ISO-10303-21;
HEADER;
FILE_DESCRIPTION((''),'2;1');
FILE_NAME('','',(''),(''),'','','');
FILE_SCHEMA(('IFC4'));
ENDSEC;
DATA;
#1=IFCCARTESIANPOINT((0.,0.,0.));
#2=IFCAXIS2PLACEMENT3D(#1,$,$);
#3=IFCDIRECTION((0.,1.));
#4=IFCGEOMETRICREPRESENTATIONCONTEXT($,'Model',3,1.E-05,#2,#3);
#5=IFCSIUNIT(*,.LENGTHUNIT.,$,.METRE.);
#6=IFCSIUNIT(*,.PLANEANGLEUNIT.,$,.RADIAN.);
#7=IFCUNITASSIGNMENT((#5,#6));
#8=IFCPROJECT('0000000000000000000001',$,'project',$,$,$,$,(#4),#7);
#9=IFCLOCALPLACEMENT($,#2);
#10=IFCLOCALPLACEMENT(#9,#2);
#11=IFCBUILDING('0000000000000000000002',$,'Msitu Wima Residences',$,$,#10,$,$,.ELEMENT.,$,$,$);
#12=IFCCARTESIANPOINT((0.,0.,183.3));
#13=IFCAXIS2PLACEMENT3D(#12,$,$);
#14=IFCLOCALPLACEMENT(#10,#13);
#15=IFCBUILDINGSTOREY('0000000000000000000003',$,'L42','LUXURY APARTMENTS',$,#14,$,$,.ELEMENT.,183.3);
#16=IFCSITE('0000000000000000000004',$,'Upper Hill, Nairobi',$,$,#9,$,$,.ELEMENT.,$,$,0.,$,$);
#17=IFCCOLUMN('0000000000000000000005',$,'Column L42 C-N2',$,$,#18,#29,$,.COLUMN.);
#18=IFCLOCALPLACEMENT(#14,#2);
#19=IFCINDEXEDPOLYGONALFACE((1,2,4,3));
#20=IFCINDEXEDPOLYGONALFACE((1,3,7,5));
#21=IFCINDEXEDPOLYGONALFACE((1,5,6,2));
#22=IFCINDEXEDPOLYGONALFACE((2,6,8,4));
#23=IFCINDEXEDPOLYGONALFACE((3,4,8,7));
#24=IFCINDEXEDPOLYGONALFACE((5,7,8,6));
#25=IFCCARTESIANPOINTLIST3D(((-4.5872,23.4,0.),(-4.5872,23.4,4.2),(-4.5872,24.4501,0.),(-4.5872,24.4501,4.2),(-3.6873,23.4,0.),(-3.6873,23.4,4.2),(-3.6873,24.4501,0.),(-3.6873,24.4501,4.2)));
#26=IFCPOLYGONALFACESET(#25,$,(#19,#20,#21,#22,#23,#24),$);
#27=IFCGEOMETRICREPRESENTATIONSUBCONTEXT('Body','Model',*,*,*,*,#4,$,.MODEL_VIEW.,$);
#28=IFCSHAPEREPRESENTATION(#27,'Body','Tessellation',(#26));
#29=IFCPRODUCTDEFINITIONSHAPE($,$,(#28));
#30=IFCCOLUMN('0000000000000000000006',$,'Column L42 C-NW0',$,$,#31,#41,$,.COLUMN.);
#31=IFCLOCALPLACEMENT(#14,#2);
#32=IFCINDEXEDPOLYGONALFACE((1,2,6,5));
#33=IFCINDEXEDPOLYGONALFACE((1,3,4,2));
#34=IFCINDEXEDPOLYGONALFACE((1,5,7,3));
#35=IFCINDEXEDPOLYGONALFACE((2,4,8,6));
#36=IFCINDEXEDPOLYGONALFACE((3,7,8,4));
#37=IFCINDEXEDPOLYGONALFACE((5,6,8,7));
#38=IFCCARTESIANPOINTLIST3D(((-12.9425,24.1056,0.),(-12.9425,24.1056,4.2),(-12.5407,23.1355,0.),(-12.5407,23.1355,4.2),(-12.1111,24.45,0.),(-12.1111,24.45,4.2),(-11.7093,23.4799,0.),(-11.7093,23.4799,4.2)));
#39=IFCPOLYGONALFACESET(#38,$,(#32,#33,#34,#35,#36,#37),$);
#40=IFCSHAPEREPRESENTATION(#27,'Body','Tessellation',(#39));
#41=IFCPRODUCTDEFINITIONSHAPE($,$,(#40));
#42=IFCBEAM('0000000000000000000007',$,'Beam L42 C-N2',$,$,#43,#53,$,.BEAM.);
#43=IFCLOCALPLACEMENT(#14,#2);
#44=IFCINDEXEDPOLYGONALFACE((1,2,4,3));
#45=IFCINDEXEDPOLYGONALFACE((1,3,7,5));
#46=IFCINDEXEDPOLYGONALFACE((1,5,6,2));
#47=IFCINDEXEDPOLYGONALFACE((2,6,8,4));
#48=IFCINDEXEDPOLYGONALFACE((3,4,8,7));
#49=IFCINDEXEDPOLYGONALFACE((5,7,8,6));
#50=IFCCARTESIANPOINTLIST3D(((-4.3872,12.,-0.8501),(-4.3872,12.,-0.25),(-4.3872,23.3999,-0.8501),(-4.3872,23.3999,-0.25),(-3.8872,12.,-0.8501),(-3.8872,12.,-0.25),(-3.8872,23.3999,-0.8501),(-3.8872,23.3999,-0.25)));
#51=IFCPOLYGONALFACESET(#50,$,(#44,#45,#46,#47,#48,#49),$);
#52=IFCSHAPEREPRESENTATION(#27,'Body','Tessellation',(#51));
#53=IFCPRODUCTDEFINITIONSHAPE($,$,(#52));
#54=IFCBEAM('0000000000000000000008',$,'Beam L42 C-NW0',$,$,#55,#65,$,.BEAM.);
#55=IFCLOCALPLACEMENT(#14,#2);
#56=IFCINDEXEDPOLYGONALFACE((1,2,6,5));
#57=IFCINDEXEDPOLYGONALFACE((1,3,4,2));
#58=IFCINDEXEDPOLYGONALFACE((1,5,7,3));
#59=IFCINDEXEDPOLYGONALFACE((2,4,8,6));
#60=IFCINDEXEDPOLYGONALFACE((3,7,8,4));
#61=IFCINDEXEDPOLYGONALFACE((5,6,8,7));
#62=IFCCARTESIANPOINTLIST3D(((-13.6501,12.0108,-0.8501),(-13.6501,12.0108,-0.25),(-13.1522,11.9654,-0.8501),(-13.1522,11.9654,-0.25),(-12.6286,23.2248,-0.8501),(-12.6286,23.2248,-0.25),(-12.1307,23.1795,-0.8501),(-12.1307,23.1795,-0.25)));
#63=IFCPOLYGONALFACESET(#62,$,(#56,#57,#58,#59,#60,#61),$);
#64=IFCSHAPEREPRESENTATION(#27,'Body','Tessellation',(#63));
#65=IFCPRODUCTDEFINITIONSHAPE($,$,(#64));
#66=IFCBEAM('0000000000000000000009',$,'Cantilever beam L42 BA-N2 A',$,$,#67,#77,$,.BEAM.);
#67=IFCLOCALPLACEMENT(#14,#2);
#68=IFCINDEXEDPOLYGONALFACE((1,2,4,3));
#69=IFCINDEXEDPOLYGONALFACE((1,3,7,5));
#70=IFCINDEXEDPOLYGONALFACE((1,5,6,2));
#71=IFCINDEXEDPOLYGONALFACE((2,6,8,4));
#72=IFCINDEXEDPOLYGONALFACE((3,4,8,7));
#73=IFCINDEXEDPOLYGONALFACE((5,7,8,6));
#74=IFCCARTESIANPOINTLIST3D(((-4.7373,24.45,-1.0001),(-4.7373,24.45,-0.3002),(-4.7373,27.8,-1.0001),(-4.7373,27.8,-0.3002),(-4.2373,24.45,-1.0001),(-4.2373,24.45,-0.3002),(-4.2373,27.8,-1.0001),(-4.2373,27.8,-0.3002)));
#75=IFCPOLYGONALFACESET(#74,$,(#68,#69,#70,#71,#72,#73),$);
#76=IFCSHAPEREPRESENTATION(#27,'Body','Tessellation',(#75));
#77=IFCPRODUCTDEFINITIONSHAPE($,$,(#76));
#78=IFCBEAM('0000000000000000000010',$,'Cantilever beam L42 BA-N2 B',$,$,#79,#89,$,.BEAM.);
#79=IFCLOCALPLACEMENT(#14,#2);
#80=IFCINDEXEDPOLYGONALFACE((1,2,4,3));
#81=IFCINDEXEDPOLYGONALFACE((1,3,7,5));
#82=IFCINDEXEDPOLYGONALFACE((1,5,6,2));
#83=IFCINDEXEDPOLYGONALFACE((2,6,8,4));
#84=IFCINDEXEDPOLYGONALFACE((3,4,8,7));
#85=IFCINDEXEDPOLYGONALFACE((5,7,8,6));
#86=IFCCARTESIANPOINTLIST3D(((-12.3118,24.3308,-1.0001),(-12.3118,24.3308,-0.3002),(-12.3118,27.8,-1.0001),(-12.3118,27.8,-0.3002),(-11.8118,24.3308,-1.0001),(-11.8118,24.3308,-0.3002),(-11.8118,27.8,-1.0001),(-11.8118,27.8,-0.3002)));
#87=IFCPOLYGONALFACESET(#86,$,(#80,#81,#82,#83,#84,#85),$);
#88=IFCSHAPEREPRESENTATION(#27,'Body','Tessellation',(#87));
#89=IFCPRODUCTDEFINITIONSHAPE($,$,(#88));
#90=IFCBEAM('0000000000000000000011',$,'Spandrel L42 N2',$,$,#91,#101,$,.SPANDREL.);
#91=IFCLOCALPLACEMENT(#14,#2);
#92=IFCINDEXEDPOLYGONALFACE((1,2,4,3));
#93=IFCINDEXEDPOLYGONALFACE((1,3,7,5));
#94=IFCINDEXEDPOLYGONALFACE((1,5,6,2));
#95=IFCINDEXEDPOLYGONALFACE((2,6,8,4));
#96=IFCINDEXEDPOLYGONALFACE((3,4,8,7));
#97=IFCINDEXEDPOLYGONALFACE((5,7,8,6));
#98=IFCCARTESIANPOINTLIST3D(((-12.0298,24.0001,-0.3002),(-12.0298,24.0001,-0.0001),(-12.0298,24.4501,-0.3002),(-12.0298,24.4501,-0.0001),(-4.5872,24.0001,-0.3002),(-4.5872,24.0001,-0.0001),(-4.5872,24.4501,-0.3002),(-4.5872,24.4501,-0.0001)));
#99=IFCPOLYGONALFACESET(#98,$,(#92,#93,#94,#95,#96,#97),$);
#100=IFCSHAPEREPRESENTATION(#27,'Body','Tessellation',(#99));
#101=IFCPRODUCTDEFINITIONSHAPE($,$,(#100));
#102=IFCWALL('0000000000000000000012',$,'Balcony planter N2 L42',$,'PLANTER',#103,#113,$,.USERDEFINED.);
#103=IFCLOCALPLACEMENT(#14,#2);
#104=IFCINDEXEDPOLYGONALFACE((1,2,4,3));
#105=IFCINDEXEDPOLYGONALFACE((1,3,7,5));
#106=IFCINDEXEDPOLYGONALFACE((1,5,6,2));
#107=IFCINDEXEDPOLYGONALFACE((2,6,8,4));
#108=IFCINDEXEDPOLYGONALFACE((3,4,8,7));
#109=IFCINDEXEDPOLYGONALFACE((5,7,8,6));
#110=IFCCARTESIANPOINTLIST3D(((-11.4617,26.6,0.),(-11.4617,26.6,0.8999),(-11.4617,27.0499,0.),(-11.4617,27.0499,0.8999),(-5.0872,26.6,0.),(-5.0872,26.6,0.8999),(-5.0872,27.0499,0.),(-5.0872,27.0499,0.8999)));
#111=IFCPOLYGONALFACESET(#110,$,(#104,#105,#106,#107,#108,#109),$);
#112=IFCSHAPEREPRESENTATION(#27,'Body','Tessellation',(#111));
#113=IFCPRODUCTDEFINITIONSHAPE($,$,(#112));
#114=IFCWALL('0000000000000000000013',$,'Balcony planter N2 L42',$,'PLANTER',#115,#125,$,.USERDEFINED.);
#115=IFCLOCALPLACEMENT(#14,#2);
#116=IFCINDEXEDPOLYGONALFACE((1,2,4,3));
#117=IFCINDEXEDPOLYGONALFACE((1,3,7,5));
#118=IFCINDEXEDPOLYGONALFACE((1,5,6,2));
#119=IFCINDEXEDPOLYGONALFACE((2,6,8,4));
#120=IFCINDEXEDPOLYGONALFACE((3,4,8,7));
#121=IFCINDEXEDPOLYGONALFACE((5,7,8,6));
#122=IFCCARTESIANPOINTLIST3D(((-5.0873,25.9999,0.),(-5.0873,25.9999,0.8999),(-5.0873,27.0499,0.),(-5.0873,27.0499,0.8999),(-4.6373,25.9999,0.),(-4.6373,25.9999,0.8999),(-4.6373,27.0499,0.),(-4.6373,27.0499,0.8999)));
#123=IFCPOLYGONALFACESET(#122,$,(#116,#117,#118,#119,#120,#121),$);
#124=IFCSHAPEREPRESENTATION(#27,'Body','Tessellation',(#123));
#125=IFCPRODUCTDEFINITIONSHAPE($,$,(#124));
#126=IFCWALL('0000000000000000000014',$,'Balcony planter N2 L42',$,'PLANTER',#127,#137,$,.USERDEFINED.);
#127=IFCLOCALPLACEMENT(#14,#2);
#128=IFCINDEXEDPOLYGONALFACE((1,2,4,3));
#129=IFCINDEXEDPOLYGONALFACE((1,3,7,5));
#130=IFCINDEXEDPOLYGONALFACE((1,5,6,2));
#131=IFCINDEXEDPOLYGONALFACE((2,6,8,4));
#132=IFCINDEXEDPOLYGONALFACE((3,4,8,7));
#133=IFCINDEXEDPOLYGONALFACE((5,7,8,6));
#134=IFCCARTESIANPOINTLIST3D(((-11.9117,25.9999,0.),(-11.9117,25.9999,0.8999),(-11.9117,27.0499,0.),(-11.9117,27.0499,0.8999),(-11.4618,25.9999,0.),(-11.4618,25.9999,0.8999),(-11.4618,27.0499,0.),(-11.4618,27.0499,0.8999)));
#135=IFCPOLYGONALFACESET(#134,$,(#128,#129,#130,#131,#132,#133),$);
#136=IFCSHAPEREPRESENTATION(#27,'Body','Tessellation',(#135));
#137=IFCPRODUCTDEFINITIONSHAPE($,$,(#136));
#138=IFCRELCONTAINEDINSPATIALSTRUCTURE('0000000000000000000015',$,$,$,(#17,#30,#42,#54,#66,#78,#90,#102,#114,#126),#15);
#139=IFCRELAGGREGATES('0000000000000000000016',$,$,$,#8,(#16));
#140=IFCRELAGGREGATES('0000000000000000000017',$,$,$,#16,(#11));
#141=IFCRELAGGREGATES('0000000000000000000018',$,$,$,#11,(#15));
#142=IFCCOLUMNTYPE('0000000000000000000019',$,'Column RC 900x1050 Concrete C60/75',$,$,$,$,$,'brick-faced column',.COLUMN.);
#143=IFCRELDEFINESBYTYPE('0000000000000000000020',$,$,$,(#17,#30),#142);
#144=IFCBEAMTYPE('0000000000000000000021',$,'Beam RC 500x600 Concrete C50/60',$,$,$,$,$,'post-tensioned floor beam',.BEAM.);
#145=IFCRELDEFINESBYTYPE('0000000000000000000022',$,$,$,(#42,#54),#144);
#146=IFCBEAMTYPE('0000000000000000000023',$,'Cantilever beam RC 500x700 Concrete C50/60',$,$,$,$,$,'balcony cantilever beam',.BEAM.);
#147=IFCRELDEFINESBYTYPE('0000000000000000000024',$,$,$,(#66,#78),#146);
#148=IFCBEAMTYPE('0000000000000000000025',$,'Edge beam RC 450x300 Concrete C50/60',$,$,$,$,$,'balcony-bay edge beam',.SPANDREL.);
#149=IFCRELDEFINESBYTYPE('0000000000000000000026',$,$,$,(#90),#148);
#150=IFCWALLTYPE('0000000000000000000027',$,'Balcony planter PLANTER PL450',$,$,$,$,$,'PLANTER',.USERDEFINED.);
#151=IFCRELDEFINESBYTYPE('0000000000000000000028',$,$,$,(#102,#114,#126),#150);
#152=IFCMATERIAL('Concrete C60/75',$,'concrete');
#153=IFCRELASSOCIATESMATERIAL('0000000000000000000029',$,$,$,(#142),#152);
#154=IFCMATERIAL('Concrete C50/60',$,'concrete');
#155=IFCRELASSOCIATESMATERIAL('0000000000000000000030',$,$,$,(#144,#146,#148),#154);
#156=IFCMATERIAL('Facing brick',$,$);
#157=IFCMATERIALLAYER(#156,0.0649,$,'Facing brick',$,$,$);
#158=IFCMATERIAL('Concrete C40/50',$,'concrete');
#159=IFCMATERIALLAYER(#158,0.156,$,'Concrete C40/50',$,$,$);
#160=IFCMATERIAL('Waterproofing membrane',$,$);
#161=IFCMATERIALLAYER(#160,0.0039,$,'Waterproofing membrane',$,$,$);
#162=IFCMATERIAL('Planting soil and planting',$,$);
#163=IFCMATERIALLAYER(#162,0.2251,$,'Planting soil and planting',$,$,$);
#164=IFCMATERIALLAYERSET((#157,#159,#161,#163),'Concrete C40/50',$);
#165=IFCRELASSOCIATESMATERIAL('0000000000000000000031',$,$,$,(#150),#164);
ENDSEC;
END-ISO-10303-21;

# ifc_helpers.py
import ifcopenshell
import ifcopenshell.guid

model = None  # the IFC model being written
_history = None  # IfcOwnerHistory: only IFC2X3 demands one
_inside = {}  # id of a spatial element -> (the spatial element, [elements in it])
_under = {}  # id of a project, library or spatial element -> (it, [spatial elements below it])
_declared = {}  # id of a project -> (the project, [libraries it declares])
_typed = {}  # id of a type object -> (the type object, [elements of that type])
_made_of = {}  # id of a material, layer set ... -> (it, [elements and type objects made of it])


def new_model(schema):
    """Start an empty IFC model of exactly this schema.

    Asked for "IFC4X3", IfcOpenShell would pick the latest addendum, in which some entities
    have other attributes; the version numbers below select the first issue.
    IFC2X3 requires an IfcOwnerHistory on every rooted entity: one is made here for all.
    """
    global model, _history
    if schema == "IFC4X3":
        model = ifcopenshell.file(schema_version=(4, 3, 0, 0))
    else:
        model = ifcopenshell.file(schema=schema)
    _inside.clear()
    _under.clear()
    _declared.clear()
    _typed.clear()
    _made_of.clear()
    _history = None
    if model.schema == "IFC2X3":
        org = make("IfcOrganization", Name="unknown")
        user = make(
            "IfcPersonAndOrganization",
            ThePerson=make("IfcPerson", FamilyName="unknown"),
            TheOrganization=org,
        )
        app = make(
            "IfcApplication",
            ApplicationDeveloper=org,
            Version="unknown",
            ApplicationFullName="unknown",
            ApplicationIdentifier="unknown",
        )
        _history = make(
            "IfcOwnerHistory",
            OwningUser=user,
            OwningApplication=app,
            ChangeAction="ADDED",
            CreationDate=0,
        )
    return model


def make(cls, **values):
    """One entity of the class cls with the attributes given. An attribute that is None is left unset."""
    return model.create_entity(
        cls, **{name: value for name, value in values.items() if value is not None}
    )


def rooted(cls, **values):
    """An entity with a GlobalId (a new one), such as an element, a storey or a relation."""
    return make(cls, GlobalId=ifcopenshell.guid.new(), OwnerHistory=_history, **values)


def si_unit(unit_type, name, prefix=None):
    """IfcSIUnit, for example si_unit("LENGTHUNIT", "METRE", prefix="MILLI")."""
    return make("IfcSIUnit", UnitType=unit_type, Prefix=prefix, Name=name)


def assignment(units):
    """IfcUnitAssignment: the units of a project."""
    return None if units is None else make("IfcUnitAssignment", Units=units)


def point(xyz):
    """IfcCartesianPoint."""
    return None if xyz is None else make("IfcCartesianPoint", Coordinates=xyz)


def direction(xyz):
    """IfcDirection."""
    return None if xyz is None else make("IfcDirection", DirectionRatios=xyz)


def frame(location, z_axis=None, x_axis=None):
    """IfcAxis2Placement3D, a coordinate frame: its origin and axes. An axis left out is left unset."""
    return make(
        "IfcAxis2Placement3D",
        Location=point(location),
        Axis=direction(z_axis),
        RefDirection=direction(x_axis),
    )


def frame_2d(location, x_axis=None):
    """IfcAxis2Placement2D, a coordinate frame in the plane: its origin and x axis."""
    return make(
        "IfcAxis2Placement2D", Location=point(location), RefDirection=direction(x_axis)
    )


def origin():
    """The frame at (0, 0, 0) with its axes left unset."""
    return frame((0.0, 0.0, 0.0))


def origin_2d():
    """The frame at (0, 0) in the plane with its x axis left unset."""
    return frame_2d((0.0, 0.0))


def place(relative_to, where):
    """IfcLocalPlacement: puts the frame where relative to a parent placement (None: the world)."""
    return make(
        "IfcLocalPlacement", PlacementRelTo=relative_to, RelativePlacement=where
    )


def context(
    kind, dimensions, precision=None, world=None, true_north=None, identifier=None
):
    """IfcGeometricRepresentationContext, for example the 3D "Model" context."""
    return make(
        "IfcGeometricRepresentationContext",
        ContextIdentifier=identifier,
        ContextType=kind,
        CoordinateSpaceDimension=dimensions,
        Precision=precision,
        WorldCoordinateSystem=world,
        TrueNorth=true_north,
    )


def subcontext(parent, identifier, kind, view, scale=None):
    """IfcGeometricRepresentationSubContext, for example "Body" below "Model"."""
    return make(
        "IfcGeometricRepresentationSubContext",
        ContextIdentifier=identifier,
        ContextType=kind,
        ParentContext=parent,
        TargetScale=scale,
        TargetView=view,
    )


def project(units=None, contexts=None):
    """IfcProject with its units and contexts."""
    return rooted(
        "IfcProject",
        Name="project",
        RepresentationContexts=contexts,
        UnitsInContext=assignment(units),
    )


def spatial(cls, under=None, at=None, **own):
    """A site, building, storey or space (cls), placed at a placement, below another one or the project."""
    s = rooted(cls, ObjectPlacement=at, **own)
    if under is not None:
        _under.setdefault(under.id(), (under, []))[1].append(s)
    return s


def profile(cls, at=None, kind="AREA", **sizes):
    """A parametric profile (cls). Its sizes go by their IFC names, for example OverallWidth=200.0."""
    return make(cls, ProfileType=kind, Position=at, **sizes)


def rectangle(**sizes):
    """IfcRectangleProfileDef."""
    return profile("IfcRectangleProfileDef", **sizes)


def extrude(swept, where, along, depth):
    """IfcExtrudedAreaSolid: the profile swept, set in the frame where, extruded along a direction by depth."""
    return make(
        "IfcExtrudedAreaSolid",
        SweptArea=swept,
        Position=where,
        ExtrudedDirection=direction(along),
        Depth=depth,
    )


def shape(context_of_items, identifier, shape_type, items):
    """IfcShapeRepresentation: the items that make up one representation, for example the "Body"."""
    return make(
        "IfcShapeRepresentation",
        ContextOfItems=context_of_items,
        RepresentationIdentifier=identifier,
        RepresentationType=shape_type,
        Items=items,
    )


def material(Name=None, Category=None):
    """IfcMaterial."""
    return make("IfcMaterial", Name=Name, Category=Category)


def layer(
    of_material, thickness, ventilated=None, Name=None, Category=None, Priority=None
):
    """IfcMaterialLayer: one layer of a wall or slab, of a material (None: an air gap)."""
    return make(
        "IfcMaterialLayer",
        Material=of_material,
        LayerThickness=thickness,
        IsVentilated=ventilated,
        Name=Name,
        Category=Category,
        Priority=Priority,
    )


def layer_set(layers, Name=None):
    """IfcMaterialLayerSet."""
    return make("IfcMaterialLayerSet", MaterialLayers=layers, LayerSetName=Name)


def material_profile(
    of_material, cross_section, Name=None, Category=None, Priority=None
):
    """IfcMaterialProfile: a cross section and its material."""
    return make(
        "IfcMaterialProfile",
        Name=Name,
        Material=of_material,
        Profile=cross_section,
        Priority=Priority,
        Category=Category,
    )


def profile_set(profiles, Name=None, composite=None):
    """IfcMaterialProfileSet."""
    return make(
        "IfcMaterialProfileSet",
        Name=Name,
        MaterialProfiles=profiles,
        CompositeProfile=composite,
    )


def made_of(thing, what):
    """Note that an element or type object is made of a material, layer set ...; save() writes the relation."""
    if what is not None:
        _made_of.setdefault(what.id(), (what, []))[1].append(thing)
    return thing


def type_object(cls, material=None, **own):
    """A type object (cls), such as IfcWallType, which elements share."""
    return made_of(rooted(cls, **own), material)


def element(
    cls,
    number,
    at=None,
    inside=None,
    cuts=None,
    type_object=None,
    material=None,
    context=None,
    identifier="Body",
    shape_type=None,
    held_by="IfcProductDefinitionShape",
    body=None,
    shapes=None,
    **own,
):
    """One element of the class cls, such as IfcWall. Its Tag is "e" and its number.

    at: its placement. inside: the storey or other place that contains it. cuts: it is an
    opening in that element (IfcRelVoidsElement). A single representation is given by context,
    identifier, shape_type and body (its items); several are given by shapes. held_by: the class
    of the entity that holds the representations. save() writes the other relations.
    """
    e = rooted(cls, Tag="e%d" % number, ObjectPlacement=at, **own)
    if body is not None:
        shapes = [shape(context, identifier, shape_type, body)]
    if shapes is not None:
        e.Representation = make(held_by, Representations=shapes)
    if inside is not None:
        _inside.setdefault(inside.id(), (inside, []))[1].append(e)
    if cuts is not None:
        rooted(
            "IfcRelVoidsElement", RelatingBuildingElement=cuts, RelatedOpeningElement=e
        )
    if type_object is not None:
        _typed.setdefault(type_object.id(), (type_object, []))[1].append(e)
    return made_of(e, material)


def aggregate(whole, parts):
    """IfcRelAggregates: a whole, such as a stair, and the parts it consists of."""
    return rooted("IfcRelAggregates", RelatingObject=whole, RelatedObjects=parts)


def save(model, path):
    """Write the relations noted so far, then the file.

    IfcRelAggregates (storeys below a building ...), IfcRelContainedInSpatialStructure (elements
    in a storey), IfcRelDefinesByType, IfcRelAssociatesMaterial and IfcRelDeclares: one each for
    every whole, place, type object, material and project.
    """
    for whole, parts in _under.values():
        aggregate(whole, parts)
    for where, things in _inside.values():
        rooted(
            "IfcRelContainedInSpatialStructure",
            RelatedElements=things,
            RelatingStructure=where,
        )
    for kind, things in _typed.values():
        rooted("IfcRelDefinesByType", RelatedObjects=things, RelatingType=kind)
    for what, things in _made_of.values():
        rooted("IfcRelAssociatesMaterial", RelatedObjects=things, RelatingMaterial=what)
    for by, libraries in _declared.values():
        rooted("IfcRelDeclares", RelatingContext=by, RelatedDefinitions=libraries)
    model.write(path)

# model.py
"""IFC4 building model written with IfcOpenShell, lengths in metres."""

from ifc_helpers import new_model, si_unit, direction, frame, frame_2d, origin, origin_2d, place, context, subcontext, project, spatial, rectangle, extrude, material, layer, layer_set, material_profile, profile_set, type_object, element, save


model = new_model("IFC4")

# Units and contexts
model_context = context("Model", 3, precision=1e-05, world=origin(), true_north=direction((0.0, 1.0)))
body_context = subcontext(model_context, "Body", "Model", "MODEL_VIEW")
ifc_project = project(units=[si_unit("LENGTHUNIT", "METRE"), si_unit("PLANEANGLEUNIT", "RADIAN")], contexts=[model_context])

# Site, building, storey
site_placement = place(None, origin())
site = spatial("IfcSite", under=ifc_project, at=site_placement, Name="Upper Hill, Nairobi", CompositionType="ELEMENT", RefElevation=0.0)
building_placement = place(site_placement, origin())
building = spatial("IfcBuilding", under=site, at=building_placement, Name="Msitu Wima Residences", CompositionType="ELEMENT")
storey_placement = place(building_placement, frame((0.0, 0.0, 183.3)))
storey = spatial("IfcBuildingStorey", under=building, at=storey_placement, Name="L42", Description="LUXURY APARTMENTS", CompositionType="ELEMENT", Elevation=183.3)

# Columns
ifc_material_1 = material(Name="Concrete C60/75", Category="concrete")
ifc_material_profile_1 = material_profile(ifc_material_1, rectangle(XDim=0.8999, YDim=1.05, at=origin_2d()), Name="RC 900x1050")
ifc_profile_set_1 = profile_set([ifc_material_profile_1], Name="Concrete C60/75")
column_type = type_object("IfcColumnType", Name="Column RC 900x1050 Concrete C60/75", ElementType="brick-faced column", PredefinedType="COLUMN", material=ifc_profile_set_1)
for number, where, z_axis, x_axis, name in (
    (1, (-4.1372, 23.925, 0.0), (0.0, 0.0, 1.0), (-1.0, 0.0, 0.0), "Column L42 C-N2"),
    (2, (-12.3259, 23.7927, 0.0), (0.0, 0.0, 1.0), (-0.92388, -0.382683, 0.0), "Column L42 C-NW0"),
):
    element("IfcColumn", number, at=place(storey_placement, frame(where, z_axis=z_axis, x_axis=x_axis)), inside=storey, type_object=column_type, Name=name, PredefinedType="COLUMN", context=body_context, shape_type="SweptSolid", body=[
        extrude(rectangle(XDim=0.8999, YDim=1.05, at=origin_2d()), origin(), (0.0, 0.0, 1.0), 4.2),
    ])

# Beams
ifc_material_2 = material(Name="Concrete C50/60", Category="concrete")
ifc_material_profile_2 = material_profile(ifc_material_2, rectangle(XDim=0.5, YDim=0.6001, at=origin_2d()), Name="RC 500x600")
ifc_profile_set_2 = profile_set([ifc_material_profile_2], Name="Concrete C50/60")
beam_type_1 = type_object("IfcBeamType", Name="Beam RC 500x600 Concrete C50/60", ElementType="post-tensioned floor beam", PredefinedType="BEAM", material=ifc_profile_set_2)
beam_1_placement = place(storey_placement, frame((-4.1372, 23.3999, -0.55), z_axis=(0.0, -1.0, 0.0), x_axis=(1.0, 0.0, 0.0)))
element("IfcBeam", 3, at=beam_1_placement, inside=storey, type_object=beam_type_1, Name="Beam L42 C-N2", PredefinedType="BEAM", context=body_context, shape_type="SweptSolid", body=[
    extrude(rectangle(XDim=0.5, YDim=0.6001, at=origin_2d()), origin(), (0.0, 0.0, 1.0), 11.3999),
])
beam_2_placement = place(storey_placement, frame((-12.3796, 23.2021, -0.55), z_axis=(-0.090714, -0.995877, 0.0), x_axis=(0.995877, -0.090714, 0.0)))
element("IfcBeam", 4, at=beam_2_placement, inside=storey, type_object=beam_type_1, Name="Beam L42 C-NW0", PredefinedType="BEAM", context=body_context, shape_type="SweptSolid", body=[
    extrude(rectangle(XDim=0.5, YDim=0.6001, at=origin_2d()), origin(), (0.0, 0.0, 1.0), 11.2605),
])
ifc_material_profile_3 = material_profile(ifc_material_2, rectangle(XDim=0.5, YDim=0.7, at=origin_2d()), Name="RC 500x700")
ifc_profile_set_3 = profile_set([ifc_material_profile_3], Name="Concrete C50/60")
beam_type_2 = type_object("IfcBeamType", Name="Cantilever beam RC 500x700 Concrete C50/60", ElementType="balcony cantilever beam", PredefinedType="BEAM", material=ifc_profile_set_3)
beam_3_placement = place(storey_placement, frame((-4.4873, 24.45, -0.6501), z_axis=(0.0, 1.0, 0.0), x_axis=(-1.0, 0.0, 0.0)))
element("IfcBeam", 5, at=beam_3_placement, inside=storey, type_object=beam_type_2, Name="Cantilever beam L42 BA-N2 A", PredefinedType="BEAM", context=body_context, shape_type="SweptSolid", body=[
    extrude(rectangle(XDim=0.5, YDim=0.7, at=origin_2d()), origin(), (0.0, 0.0, 1.0), 3.3501),
])
beam_4_placement = place(storey_placement, frame((-12.0618, 24.3308, -0.6501), z_axis=(0.0, 1.0, 0.0), x_axis=(-1.0, 0.0, 0.0)))
element("IfcBeam", 6, at=beam_4_placement, inside=storey, type_object=beam_type_2, Name="Cantilever beam L42 BA-N2 B", PredefinedType="BEAM", context=body_context, shape_type="SweptSolid", body=[
    extrude(rectangle(XDim=0.5, YDim=0.7, at=origin_2d()), origin(), (0.0, 0.0, 1.0), 3.4692),
])
ifc_material_profile_4 = material_profile(ifc_material_2, rectangle(XDim=0.45, YDim=0.3, at=origin_2d()), Name="RC 450x300")
ifc_profile_set_4 = profile_set([ifc_material_profile_4], Name="Concrete C50/60")
beam_type_3 = type_object("IfcBeamType", Name="Edge beam RC 450x300 Concrete C50/60", ElementType="balcony-bay edge beam", PredefinedType="SPANDREL", material=ifc_profile_set_4)
beam_5_placement = place(storey_placement, frame((-4.5872, 24.2251, -0.1501), z_axis=(-1.0, 0.0, 0.0), x_axis=(0.0, -1.0, 0.0)))
element("IfcBeam", 7, at=beam_5_placement, inside=storey, type_object=beam_type_3, Name="Spandrel L42 N2", PredefinedType="SPANDREL", context=body_context, shape_type="SweptSolid", body=[
    extrude(rectangle(XDim=0.45, YDim=0.3, at=origin_2d()), origin(), (0.0, 0.0, 1.0), 7.4426),
])

# Walls
ifc_material_3 = material(Name="Facing brick")
ifc_layer_1 = layer(ifc_material_3, 0.0649, Name="Facing brick")
ifc_material_4 = material(Name="Concrete C40/50", Category="concrete")
ifc_layer_2 = layer(ifc_material_4, 0.156, Name="Concrete C40/50")
ifc_material_5 = material(Name="Waterproofing membrane")
ifc_layer_3 = layer(ifc_material_5, 0.0039, Name="Waterproofing membrane")
ifc_material_6 = material(Name="Planting soil and planting")
ifc_layer_4 = layer(ifc_material_6, 0.2251, Name="Planting soil and planting")
ifc_layer_set_1 = layer_set([ifc_layer_1, ifc_layer_2, ifc_layer_3, ifc_layer_4], Name="Concrete C40/50")
wall_type_1 = type_object("IfcWallType", Name="Balcony planter PLANTER PL450", ElementType="PLANTER", PredefinedType="USERDEFINED", material=ifc_layer_set_1)
wall_1_placement = place(storey_placement, frame((-5.0872, 26.825, 0.0), z_axis=(0.0, 0.0, 1.0), x_axis=(-1.0, 0.0, 0.0)))
element("IfcWall", 8, at=wall_1_placement, inside=storey, type_object=wall_type_1, Name="Balcony planter N2 L42", ObjectType="PLANTER", PredefinedType="USERDEFINED", context=body_context, shape_type="SweptSolid", body=[
    extrude(rectangle(XDim=6.3745, YDim=0.45, at=frame_2d((3.1873, 0.0))), origin(), (0.0, 0.0, 1.0), 0.8999),
])
for number, where, z_axis, x_axis, name in (
    (9, (-4.8623, 26.0, 0.0), (0.0, 0.0, 1.0), (0.0, 1.0, 0.0), "Balcony planter N2 L42"),
    (10, (-11.6868, 26.0, 0.0), (0.0, 0.0, 1.0), (0.0, 1.0, 0.0), "Balcony planter N2 L42"),
):
    element("IfcWall", number, at=place(storey_placement, frame(where, z_axis=z_axis, x_axis=x_axis)), inside=storey, type_object=wall_type_1, Name=name, ObjectType="PLANTER", PredefinedType="USERDEFINED", context=body_context, shape_type="SweptSolid", body=[
        extrude(rectangle(XDim=1.05, YDim=0.45, at=frame_2d((0.5249, 0.0))), origin(), (0.0, 0.0, 1.0), 0.8999),
    ])

save(model, "model.ifc")
